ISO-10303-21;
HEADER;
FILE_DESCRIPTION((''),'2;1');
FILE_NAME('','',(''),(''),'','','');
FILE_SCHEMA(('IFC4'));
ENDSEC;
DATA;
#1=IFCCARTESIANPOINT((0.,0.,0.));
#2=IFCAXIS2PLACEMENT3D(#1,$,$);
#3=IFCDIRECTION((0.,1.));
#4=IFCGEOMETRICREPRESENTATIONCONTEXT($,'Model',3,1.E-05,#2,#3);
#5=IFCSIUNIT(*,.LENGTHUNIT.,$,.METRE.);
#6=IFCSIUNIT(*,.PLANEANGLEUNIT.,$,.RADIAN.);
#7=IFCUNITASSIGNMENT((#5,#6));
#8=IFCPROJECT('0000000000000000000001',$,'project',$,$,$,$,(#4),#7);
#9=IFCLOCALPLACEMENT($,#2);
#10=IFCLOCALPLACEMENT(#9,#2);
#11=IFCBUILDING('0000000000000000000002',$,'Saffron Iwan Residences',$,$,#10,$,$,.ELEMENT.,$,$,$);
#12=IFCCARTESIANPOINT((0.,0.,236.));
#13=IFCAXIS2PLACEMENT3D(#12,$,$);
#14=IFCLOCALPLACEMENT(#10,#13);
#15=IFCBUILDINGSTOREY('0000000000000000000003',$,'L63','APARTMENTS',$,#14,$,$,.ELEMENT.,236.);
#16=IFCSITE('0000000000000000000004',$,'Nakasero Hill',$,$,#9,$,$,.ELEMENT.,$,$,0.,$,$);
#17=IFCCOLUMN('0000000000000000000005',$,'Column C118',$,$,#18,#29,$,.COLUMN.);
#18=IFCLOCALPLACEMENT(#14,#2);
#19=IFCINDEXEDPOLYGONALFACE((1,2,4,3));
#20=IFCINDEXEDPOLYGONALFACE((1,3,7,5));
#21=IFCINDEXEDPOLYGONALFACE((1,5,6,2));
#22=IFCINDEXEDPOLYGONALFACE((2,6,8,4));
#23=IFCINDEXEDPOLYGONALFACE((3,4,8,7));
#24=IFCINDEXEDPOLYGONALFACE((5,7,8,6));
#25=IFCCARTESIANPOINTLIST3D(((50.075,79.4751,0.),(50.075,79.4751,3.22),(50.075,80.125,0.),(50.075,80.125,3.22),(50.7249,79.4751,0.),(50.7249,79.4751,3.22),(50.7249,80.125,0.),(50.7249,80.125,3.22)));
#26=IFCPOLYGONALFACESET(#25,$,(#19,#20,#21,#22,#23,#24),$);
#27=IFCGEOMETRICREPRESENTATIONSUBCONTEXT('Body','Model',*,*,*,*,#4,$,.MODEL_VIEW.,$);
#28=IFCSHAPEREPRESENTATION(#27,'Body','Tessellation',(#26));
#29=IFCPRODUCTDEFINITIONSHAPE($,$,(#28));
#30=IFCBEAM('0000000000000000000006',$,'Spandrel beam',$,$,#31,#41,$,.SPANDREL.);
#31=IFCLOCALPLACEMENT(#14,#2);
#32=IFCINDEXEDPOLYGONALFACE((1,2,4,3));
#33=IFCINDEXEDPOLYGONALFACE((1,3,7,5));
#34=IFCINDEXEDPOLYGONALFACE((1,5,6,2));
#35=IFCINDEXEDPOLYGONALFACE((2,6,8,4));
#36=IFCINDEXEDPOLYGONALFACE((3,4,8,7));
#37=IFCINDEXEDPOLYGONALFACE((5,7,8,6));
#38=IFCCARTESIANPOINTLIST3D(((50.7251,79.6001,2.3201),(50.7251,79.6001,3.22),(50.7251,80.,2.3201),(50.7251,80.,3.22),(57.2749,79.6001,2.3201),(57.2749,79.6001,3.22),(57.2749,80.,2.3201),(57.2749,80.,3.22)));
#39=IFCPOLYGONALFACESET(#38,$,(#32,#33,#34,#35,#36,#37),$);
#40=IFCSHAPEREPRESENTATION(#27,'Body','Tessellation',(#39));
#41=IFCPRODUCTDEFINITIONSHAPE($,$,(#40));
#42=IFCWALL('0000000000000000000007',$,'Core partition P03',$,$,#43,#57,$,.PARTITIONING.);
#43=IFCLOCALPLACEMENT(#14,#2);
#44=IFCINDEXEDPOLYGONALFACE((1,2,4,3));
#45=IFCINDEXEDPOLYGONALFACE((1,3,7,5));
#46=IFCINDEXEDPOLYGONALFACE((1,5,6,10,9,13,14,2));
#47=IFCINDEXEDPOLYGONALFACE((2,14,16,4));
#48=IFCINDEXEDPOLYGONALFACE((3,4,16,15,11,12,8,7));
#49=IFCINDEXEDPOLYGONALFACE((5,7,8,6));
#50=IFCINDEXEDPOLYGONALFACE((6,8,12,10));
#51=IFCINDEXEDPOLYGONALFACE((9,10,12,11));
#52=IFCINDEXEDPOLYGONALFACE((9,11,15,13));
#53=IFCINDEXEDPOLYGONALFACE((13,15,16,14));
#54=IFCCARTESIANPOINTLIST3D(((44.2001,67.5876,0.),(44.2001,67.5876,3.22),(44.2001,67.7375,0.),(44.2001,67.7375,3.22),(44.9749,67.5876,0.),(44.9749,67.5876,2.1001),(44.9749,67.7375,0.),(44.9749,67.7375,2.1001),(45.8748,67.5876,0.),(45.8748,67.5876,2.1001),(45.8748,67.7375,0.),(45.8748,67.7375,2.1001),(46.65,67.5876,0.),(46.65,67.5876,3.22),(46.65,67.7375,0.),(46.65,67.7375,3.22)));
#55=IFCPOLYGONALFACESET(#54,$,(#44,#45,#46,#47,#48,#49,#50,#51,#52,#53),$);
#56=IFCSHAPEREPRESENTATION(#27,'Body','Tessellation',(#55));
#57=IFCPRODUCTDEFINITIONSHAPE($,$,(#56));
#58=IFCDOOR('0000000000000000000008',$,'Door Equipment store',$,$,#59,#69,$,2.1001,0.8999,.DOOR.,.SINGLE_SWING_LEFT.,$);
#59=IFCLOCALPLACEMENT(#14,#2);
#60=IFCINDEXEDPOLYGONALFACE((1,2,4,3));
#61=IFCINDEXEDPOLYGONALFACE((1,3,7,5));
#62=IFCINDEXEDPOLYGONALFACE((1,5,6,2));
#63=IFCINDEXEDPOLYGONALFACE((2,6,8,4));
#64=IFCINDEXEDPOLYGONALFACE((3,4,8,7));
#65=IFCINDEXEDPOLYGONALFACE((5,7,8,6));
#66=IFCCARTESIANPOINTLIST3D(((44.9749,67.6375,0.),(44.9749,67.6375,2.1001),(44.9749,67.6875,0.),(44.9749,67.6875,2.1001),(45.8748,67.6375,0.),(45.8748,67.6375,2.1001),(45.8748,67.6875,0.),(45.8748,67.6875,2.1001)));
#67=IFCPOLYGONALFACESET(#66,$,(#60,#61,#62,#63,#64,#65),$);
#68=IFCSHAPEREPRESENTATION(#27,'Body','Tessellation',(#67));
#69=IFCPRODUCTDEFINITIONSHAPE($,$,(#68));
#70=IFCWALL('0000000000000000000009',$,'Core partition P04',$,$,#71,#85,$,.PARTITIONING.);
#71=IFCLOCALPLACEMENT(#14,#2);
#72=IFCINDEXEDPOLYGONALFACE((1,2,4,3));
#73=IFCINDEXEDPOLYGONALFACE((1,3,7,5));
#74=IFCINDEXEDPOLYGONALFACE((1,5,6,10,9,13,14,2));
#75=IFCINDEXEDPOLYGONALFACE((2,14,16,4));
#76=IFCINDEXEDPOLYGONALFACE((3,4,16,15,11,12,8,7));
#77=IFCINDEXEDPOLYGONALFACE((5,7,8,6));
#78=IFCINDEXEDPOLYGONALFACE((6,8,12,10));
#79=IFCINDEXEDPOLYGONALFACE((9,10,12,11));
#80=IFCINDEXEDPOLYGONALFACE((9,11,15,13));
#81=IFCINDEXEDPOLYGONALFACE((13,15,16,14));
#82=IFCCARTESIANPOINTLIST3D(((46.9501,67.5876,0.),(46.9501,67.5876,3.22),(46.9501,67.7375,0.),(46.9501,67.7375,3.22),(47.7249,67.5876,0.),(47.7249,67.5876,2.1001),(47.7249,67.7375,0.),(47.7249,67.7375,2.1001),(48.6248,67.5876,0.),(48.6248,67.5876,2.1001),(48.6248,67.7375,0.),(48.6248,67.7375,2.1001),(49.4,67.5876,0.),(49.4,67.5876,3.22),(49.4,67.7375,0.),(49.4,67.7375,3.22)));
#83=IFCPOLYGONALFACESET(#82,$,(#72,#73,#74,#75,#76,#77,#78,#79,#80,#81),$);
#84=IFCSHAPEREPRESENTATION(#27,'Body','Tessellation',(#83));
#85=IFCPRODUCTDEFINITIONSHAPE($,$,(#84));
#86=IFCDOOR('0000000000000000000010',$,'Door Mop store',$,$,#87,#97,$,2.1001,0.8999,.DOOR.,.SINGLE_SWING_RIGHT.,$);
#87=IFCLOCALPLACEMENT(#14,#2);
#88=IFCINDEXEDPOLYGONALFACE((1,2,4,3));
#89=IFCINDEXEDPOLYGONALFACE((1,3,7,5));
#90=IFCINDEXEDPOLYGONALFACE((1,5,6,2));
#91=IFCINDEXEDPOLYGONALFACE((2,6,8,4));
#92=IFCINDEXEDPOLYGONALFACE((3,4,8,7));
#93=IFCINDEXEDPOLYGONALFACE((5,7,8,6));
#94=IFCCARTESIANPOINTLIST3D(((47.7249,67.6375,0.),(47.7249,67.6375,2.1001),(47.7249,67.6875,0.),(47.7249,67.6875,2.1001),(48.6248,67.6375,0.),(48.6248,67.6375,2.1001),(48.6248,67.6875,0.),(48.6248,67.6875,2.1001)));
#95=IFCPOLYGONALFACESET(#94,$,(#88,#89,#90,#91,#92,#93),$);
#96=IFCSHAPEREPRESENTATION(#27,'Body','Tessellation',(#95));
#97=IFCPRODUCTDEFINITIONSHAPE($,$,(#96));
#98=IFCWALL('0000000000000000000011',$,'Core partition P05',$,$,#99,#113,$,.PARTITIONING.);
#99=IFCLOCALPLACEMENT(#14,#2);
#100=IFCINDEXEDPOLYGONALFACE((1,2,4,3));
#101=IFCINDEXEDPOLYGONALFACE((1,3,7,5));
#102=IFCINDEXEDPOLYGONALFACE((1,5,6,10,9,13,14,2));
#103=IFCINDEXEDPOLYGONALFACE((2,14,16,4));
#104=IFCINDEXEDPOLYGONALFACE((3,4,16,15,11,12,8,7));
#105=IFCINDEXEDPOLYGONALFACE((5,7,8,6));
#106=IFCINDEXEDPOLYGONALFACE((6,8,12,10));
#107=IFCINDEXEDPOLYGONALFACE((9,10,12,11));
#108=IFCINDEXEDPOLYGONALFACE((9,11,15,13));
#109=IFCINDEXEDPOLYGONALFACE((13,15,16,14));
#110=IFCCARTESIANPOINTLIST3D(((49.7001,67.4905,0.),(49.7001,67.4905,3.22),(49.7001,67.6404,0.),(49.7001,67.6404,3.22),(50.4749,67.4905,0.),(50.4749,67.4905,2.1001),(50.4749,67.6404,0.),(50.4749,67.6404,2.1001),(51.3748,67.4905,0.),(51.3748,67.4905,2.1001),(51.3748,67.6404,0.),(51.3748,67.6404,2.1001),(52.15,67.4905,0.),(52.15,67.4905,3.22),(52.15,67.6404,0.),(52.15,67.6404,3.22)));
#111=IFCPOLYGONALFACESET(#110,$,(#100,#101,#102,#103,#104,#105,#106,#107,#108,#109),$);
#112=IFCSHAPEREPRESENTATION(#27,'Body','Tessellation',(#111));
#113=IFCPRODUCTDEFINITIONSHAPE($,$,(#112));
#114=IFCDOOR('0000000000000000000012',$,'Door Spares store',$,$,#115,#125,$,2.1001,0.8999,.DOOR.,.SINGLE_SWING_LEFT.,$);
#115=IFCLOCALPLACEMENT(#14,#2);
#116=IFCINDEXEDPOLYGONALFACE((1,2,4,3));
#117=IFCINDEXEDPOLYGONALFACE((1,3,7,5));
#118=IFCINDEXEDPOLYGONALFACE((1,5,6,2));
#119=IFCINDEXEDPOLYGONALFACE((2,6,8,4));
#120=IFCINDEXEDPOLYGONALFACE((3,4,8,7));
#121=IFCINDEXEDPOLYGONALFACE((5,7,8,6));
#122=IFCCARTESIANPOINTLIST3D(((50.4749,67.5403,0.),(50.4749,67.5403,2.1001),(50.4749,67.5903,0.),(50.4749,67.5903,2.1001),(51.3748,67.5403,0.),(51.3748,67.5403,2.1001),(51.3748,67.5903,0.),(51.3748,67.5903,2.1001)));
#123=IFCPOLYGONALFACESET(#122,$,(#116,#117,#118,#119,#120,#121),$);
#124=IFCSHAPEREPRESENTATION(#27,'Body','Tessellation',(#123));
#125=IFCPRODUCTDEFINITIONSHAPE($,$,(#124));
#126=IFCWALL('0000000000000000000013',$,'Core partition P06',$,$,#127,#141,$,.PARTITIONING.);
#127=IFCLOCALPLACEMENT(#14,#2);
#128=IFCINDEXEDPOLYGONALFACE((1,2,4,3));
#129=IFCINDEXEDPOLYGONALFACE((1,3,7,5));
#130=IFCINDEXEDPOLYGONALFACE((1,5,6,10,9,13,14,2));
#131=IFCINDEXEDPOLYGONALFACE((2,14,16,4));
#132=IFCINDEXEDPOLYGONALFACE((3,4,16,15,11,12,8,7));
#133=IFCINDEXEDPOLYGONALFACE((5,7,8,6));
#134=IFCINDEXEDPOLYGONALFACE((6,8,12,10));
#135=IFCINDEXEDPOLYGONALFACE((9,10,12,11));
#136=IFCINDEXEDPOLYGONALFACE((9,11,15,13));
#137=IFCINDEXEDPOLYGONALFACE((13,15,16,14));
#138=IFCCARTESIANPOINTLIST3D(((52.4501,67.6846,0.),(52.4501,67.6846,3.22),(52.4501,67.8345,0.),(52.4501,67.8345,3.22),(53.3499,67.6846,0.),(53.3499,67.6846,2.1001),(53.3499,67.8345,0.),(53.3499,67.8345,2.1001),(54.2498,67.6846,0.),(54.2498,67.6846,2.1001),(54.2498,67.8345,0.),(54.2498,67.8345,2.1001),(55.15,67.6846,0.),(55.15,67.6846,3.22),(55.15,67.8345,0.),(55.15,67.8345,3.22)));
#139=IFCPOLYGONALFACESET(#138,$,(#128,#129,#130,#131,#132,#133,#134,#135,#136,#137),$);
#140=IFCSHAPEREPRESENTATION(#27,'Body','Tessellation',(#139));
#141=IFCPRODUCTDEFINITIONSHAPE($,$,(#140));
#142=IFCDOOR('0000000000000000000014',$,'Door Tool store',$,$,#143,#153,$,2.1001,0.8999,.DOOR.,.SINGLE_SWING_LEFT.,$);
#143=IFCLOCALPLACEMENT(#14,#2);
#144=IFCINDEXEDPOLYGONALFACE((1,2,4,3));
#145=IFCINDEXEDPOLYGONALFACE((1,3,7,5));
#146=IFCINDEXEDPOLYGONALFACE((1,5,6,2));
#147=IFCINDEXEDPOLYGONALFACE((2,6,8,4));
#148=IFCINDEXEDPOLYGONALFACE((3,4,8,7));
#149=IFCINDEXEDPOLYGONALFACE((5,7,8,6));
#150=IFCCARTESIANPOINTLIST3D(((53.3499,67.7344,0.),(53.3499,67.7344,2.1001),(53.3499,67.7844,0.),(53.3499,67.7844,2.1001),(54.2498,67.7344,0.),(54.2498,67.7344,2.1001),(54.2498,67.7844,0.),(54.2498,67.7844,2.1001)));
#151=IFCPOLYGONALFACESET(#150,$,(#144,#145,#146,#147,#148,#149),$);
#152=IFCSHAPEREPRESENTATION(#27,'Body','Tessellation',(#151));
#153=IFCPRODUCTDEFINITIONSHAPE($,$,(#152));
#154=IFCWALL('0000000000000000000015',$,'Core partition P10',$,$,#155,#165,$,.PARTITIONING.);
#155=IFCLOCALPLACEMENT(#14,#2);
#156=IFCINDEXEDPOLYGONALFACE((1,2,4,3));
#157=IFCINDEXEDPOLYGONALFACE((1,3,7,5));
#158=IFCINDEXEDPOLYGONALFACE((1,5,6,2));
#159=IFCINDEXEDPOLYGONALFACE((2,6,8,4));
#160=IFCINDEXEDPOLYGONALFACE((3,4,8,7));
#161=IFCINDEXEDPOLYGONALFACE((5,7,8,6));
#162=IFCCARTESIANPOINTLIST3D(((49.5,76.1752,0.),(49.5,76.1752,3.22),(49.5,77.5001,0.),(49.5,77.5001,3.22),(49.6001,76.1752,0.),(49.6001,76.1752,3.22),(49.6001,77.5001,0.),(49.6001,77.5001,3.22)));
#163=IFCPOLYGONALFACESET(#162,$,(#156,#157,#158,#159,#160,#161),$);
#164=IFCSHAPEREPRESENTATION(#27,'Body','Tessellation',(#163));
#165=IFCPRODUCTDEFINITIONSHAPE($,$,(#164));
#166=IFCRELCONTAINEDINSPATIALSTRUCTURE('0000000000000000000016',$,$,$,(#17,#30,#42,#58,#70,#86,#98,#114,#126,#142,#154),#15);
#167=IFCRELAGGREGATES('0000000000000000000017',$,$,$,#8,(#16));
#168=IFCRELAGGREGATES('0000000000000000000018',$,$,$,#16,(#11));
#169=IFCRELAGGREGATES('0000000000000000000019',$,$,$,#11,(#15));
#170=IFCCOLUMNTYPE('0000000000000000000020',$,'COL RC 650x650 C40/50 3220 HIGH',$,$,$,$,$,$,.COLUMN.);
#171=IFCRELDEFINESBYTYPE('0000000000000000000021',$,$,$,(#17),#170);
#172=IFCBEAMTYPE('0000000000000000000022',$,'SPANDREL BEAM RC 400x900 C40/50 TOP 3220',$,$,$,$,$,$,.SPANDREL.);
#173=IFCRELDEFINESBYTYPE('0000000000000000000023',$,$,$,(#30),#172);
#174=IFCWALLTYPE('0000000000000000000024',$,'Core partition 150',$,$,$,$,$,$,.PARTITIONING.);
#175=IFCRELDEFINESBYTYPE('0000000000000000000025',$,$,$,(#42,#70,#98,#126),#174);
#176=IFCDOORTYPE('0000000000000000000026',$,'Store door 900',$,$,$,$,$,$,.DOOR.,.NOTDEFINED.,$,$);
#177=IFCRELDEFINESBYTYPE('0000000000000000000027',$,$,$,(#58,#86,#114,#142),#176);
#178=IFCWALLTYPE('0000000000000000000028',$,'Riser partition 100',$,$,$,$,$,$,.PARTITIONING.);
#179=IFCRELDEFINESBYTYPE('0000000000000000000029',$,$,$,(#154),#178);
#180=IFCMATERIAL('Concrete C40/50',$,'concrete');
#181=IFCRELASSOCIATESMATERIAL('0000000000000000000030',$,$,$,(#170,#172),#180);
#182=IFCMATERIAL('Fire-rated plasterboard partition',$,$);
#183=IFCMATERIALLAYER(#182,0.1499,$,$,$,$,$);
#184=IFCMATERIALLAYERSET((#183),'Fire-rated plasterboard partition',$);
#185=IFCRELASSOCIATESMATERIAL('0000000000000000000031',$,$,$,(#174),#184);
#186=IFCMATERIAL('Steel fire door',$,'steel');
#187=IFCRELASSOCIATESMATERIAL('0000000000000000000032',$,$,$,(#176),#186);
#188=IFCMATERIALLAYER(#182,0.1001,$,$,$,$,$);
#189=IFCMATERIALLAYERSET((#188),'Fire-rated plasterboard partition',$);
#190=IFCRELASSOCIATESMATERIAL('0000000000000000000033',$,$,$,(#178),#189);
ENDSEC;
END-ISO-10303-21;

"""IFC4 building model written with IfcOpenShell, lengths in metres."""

from ifc_helpers import new_model, si_unit, direction, frame, frame_2d, origin, origin_2d, place, context, subcontext, project, spatial, rectangle, extrude, source, transform, mapped, material, layer, layer_set, material_profile, profile_set, type_object, element, fill, save


model = new_model("IFC4")

# Units and contexts
model_context = context("Model", 3, precision=1e-05, world=origin(), true_north=direction((0.0, 1.0)))
body_context = subcontext(model_context, "Body", "Model", "MODEL_VIEW")
ifc_project = project(units=[si_unit("LENGTHUNIT", "METRE"), si_unit("PLANEANGLEUNIT", "RADIAN")], contexts=[model_context])

# Site, building, storey
site_placement = place(None, origin())
site = spatial("IfcSite", under=ifc_project, at=site_placement, Name="Nakasero Hill", CompositionType="ELEMENT", RefElevation=0.0)
building_placement = place(site_placement, origin())
building = spatial("IfcBuilding", under=site, at=building_placement, Name="Saffron Iwan Residences", CompositionType="ELEMENT")
storey_placement = place(building_placement, frame((0.0, 0.0, 236.0)))
storey = spatial("IfcBuildingStorey", under=building, at=storey_placement, Name="L63", Description="APARTMENTS", CompositionType="ELEMENT", Elevation=236.0)

# Column
ifc_material_1 = material(Name="Concrete C40/50", Category="concrete")
ifc_material_profile_1 = material_profile(ifc_material_1, rectangle(XDim=0.6499, YDim=0.6499, at=origin_2d()), Name="RC 650x650")
ifc_profile_set_1 = profile_set([ifc_material_profile_1], Name="Concrete C40/50")
column_type = type_object("IfcColumnType", Name="COL RC 650x650 C40/50 3220 HIGH", PredefinedType="COLUMN", material=ifc_profile_set_1)
shared_shape_1 = source(origin(), body_context, "Body", "SweptSolid", [
    extrude(rectangle(XDim=0.6499, YDim=0.6499, at=origin_2d()), origin(), (0.0, 0.0, 1.0), 3.22),
])
column_placement = place(storey_placement, frame((50.3999, 79.8, 0.0), z_axis=(0.0, 0.0, 1.0), x_axis=(1.0, 0.0, 0.0)))
element("IfcColumn", 1, at=column_placement, inside=storey, type_object=column_type, Name="Column C118", PredefinedType="COLUMN", context=body_context, shape_type="MappedRepresentation", body=[
    mapped(shared_shape_1, transform((0.0, 0.0, 0.0))),
])

# Beam
ifc_material_profile_2 = material_profile(ifc_material_1, rectangle(XDim=0.3999, YDim=0.8999, at=origin_2d()), Name="RC 400x900")
ifc_profile_set_2 = profile_set([ifc_material_profile_2], Name="Concrete C40/50")
beam_type = type_object("IfcBeamType", Name="SPANDREL BEAM RC 400x900 C40/50 TOP 3220", PredefinedType="SPANDREL", material=ifc_profile_set_2)
shared_shape_2 = source(origin(), body_context, "Body", "SweptSolid", [
    extrude(rectangle(XDim=0.3999, YDim=0.8999, at=origin_2d()), origin(), (0.0, 0.0, 1.0), 6.5498),
])
beam_placement = place(storey_placement, frame((50.7251, 79.8, 2.77), z_axis=(1.0, 0.0, 0.0), x_axis=(0.0, 1.0, 0.0)))
element("IfcBeam", 2, at=beam_placement, inside=storey, type_object=beam_type, Name="Spandrel beam", PredefinedType="SPANDREL", context=body_context, shape_type="MappedRepresentation", body=[
    mapped(shared_shape_2, transform((0.0, 0.0, 0.0))),
])

# Walls, openings, doors
ifc_material_2 = material(Name="Fire-rated plasterboard partition")
ifc_layer_1 = layer(ifc_material_2, 0.1499)
ifc_layer_set_1 = layer_set([ifc_layer_1], Name="Fire-rated plasterboard partition")
wall_type_1 = type_object("IfcWallType", Name="Core partition 150", PredefinedType="PARTITIONING", material=ifc_layer_set_1)
wall_1_placement = place(storey_placement, frame((44.2, 67.6626, 0.0), z_axis=(0.0, 0.0, 1.0), x_axis=(1.0, 0.0, 0.0)))
wall_1 = element("IfcWall", 3, at=wall_1_placement, inside=storey, type_object=wall_type_1, Name="Core partition P03", PredefinedType="PARTITIONING", context=body_context, shape_type="SweptSolid", body=[
    extrude(rectangle(XDim=2.45, YDim=0.1499, at=frame_2d((1.2251, 0.0))), origin(), (0.0, 0.0, 1.0), 3.22),
])
opening_1_placement = place(wall_1_placement, frame((0.7749, 0.0, 0.0)))
opening_1 = element("IfcOpeningElement", 4, at=opening_1_placement, cuts=wall_1, PredefinedType="OPENING", context=body_context, shape_type="SweptSolid", body=[
    extrude(rectangle(XDim=0.8999, YDim=2.1001, at=frame_2d((0.45, 1.05))), frame((0.0, 0.085, 0.0), z_axis=(0.0, -1.0, 0.0), x_axis=(1.0, 0.0, 0.0)), (0.0, 0.0, 1.0), 0.1699),
])
ifc_material_3 = material(Name="Steel fire door", Category="steel")
door_type = type_object("IfcDoorType", Name="Store door 900", OperationType="NOTDEFINED", PredefinedType="DOOR", material=ifc_material_3)
door_1_placement = place(opening_1_placement, origin())
door_1 = element("IfcDoor", 5, at=door_1_placement, inside=storey, type_object=door_type, Name="Door Equipment store", OperationType="SINGLE_SWING_LEFT", OverallHeight=2.1001, OverallWidth=0.8999, PredefinedType="DOOR", context=body_context, shape_type="SweptSolid", body=[
    extrude(rectangle(XDim=0.8999, YDim=2.1001, at=frame_2d((0.45, 1.05))), frame((0.0, 0.0249, 0.0), z_axis=(0.0, -1.0, 0.0), x_axis=(1.0, 0.0, 0.0)), (0.0, 0.0, 1.0), 0.05),
])
fill(opening_1, door_1)
wall_2_placement = place(storey_placement, frame((46.95, 67.6626, 0.0), z_axis=(0.0, 0.0, 1.0), x_axis=(1.0, 0.0, 0.0)))
wall_2 = element("IfcWall", 6, at=wall_2_placement, inside=storey, type_object=wall_type_1, Name="Core partition P04", PredefinedType="PARTITIONING", context=body_context, shape_type="SweptSolid", body=[
    extrude(rectangle(XDim=2.45, YDim=0.1499, at=frame_2d((1.2251, 0.0))), origin(), (0.0, 0.0, 1.0), 3.22),
])
opening_2_placement = place(wall_2_placement, frame((0.7749, 0.0, 0.0)))
opening_2 = element("IfcOpeningElement", 7, at=opening_2_placement, cuts=wall_2, PredefinedType="OPENING", context=body_context, shape_type="SweptSolid", body=[
    extrude(rectangle(XDim=0.8999, YDim=2.1001, at=frame_2d((0.45, 1.05))), frame((0.0, 0.085, 0.0), z_axis=(0.0, -1.0, 0.0), x_axis=(1.0, 0.0, 0.0)), (0.0, 0.0, 1.0), 0.1699),
])
door_2_placement = place(opening_2_placement, origin())
door_2 = element("IfcDoor", 8, at=door_2_placement, inside=storey, type_object=door_type, Name="Door Mop store", OperationType="SINGLE_SWING_RIGHT", OverallHeight=2.1001, OverallWidth=0.8999, PredefinedType="DOOR", context=body_context, shape_type="SweptSolid", body=[
    extrude(rectangle(XDim=0.8999, YDim=2.1001, at=frame_2d((0.45, 1.05))), frame((0.0, 0.0249, 0.0), z_axis=(0.0, -1.0, 0.0), x_axis=(1.0, 0.0, 0.0)), (0.0, 0.0, 1.0), 0.05),
])
fill(opening_2, door_2)
wall_3_placement = place(storey_placement, frame((49.7, 67.5654, 0.0), z_axis=(0.0, 0.0, 1.0), x_axis=(1.0, 0.0, 0.0)))
wall_3 = element("IfcWall", 9, at=wall_3_placement, inside=storey, type_object=wall_type_1, Name="Core partition P05", PredefinedType="PARTITIONING", context=body_context, shape_type="SweptSolid", body=[
    extrude(rectangle(XDim=2.45, YDim=0.1499, at=frame_2d((1.2251, 0.0))), origin(), (0.0, 0.0, 1.0), 3.22),
])
opening_3_placement = place(wall_3_placement, frame((0.7749, 0.0, 0.0)))
opening_3 = element("IfcOpeningElement", 10, at=opening_3_placement, cuts=wall_3, PredefinedType="OPENING", context=body_context, shape_type="SweptSolid", body=[
    extrude(rectangle(XDim=0.8999, YDim=2.1001, at=frame_2d((0.45, 1.05))), frame((0.0, 0.085, 0.0), z_axis=(0.0, -1.0, 0.0), x_axis=(1.0, 0.0, 0.0)), (0.0, 0.0, 1.0), 0.1699),
])
door_3_placement = place(opening_3_placement, origin())
door_3 = element("IfcDoor", 11, at=door_3_placement, inside=storey, type_object=door_type, Name="Door Spares store", OperationType="SINGLE_SWING_LEFT", OverallHeight=2.1001, OverallWidth=0.8999, PredefinedType="DOOR", context=body_context, shape_type="SweptSolid", body=[
    extrude(rectangle(XDim=0.8999, YDim=2.1001, at=frame_2d((0.45, 1.05))), frame((0.0, 0.0249, 0.0), z_axis=(0.0, -1.0, 0.0), x_axis=(1.0, 0.0, 0.0)), (0.0, 0.0, 1.0), 0.05),
])
fill(opening_3, door_3)
wall_4_placement = place(storey_placement, frame((52.45, 67.7595, 0.0), z_axis=(0.0, 0.0, 1.0), x_axis=(1.0, 0.0, 0.0)))
wall_4 = element("IfcWall", 12, at=wall_4_placement, inside=storey, type_object=wall_type_1, Name="Core partition P06", PredefinedType="PARTITIONING", context=body_context, shape_type="SweptSolid", body=[
    extrude(rectangle(XDim=2.7, YDim=0.1499, at=frame_2d((1.3501, 0.0))), origin(), (0.0, 0.0, 1.0), 3.22),
])
opening_4_placement = place(wall_4_placement, frame((0.8999, 0.0, 0.0)))
opening_4 = element("IfcOpeningElement", 13, at=opening_4_placement, cuts=wall_4, PredefinedType="OPENING", context=body_context, shape_type="SweptSolid", body=[
    extrude(rectangle(XDim=0.8999, YDim=2.1001, at=frame_2d((0.45, 1.05))), frame((0.0, 0.085, 0.0), z_axis=(0.0, -1.0, 0.0), x_axis=(1.0, 0.0, 0.0)), (0.0, 0.0, 1.0), 0.1699),
])
door_4_placement = place(opening_4_placement, origin())
door_4 = element("IfcDoor", 14, at=door_4_placement, inside=storey, type_object=door_type, Name="Door Tool store", OperationType="SINGLE_SWING_LEFT", OverallHeight=2.1001, OverallWidth=0.8999, PredefinedType="DOOR", context=body_context, shape_type="SweptSolid", body=[
    extrude(rectangle(XDim=0.8999, YDim=2.1001, at=frame_2d((0.45, 1.05))), frame((0.0, 0.0249, 0.0), z_axis=(0.0, -1.0, 0.0), x_axis=(1.0, 0.0, 0.0)), (0.0, 0.0, 1.0), 0.05),
])
fill(opening_4, door_4)

# Wall
ifc_layer_2 = layer(ifc_material_2, 0.1001)
ifc_layer_set_2 = layer_set([ifc_layer_2], Name="Fire-rated plasterboard partition")
wall_type_2 = type_object("IfcWallType", Name="Riser partition 100", PredefinedType="PARTITIONING", material=ifc_layer_set_2)
for number, where, z_axis, x_axis, name in (
    (15, (49.55, 76.175, 0.0), (0.0, 0.0, 1.0), (0.0, 1.0, 0.0), "Core partition P10"),
):
    element("IfcWall", number, at=place(storey_placement, frame(where, z_axis=z_axis, x_axis=x_axis)), inside=storey, type_object=wall_type_2, Name=name, PredefinedType="PARTITIONING", context=body_context, shape_type="SweptSolid", body=[
        extrude(rectangle(XDim=1.325, YDim=0.1001, at=frame_2d((0.6626, 0.0))), origin(), (0.0, 0.0, 1.0), 3.22),
    ])

save(model, "model.ifc")
